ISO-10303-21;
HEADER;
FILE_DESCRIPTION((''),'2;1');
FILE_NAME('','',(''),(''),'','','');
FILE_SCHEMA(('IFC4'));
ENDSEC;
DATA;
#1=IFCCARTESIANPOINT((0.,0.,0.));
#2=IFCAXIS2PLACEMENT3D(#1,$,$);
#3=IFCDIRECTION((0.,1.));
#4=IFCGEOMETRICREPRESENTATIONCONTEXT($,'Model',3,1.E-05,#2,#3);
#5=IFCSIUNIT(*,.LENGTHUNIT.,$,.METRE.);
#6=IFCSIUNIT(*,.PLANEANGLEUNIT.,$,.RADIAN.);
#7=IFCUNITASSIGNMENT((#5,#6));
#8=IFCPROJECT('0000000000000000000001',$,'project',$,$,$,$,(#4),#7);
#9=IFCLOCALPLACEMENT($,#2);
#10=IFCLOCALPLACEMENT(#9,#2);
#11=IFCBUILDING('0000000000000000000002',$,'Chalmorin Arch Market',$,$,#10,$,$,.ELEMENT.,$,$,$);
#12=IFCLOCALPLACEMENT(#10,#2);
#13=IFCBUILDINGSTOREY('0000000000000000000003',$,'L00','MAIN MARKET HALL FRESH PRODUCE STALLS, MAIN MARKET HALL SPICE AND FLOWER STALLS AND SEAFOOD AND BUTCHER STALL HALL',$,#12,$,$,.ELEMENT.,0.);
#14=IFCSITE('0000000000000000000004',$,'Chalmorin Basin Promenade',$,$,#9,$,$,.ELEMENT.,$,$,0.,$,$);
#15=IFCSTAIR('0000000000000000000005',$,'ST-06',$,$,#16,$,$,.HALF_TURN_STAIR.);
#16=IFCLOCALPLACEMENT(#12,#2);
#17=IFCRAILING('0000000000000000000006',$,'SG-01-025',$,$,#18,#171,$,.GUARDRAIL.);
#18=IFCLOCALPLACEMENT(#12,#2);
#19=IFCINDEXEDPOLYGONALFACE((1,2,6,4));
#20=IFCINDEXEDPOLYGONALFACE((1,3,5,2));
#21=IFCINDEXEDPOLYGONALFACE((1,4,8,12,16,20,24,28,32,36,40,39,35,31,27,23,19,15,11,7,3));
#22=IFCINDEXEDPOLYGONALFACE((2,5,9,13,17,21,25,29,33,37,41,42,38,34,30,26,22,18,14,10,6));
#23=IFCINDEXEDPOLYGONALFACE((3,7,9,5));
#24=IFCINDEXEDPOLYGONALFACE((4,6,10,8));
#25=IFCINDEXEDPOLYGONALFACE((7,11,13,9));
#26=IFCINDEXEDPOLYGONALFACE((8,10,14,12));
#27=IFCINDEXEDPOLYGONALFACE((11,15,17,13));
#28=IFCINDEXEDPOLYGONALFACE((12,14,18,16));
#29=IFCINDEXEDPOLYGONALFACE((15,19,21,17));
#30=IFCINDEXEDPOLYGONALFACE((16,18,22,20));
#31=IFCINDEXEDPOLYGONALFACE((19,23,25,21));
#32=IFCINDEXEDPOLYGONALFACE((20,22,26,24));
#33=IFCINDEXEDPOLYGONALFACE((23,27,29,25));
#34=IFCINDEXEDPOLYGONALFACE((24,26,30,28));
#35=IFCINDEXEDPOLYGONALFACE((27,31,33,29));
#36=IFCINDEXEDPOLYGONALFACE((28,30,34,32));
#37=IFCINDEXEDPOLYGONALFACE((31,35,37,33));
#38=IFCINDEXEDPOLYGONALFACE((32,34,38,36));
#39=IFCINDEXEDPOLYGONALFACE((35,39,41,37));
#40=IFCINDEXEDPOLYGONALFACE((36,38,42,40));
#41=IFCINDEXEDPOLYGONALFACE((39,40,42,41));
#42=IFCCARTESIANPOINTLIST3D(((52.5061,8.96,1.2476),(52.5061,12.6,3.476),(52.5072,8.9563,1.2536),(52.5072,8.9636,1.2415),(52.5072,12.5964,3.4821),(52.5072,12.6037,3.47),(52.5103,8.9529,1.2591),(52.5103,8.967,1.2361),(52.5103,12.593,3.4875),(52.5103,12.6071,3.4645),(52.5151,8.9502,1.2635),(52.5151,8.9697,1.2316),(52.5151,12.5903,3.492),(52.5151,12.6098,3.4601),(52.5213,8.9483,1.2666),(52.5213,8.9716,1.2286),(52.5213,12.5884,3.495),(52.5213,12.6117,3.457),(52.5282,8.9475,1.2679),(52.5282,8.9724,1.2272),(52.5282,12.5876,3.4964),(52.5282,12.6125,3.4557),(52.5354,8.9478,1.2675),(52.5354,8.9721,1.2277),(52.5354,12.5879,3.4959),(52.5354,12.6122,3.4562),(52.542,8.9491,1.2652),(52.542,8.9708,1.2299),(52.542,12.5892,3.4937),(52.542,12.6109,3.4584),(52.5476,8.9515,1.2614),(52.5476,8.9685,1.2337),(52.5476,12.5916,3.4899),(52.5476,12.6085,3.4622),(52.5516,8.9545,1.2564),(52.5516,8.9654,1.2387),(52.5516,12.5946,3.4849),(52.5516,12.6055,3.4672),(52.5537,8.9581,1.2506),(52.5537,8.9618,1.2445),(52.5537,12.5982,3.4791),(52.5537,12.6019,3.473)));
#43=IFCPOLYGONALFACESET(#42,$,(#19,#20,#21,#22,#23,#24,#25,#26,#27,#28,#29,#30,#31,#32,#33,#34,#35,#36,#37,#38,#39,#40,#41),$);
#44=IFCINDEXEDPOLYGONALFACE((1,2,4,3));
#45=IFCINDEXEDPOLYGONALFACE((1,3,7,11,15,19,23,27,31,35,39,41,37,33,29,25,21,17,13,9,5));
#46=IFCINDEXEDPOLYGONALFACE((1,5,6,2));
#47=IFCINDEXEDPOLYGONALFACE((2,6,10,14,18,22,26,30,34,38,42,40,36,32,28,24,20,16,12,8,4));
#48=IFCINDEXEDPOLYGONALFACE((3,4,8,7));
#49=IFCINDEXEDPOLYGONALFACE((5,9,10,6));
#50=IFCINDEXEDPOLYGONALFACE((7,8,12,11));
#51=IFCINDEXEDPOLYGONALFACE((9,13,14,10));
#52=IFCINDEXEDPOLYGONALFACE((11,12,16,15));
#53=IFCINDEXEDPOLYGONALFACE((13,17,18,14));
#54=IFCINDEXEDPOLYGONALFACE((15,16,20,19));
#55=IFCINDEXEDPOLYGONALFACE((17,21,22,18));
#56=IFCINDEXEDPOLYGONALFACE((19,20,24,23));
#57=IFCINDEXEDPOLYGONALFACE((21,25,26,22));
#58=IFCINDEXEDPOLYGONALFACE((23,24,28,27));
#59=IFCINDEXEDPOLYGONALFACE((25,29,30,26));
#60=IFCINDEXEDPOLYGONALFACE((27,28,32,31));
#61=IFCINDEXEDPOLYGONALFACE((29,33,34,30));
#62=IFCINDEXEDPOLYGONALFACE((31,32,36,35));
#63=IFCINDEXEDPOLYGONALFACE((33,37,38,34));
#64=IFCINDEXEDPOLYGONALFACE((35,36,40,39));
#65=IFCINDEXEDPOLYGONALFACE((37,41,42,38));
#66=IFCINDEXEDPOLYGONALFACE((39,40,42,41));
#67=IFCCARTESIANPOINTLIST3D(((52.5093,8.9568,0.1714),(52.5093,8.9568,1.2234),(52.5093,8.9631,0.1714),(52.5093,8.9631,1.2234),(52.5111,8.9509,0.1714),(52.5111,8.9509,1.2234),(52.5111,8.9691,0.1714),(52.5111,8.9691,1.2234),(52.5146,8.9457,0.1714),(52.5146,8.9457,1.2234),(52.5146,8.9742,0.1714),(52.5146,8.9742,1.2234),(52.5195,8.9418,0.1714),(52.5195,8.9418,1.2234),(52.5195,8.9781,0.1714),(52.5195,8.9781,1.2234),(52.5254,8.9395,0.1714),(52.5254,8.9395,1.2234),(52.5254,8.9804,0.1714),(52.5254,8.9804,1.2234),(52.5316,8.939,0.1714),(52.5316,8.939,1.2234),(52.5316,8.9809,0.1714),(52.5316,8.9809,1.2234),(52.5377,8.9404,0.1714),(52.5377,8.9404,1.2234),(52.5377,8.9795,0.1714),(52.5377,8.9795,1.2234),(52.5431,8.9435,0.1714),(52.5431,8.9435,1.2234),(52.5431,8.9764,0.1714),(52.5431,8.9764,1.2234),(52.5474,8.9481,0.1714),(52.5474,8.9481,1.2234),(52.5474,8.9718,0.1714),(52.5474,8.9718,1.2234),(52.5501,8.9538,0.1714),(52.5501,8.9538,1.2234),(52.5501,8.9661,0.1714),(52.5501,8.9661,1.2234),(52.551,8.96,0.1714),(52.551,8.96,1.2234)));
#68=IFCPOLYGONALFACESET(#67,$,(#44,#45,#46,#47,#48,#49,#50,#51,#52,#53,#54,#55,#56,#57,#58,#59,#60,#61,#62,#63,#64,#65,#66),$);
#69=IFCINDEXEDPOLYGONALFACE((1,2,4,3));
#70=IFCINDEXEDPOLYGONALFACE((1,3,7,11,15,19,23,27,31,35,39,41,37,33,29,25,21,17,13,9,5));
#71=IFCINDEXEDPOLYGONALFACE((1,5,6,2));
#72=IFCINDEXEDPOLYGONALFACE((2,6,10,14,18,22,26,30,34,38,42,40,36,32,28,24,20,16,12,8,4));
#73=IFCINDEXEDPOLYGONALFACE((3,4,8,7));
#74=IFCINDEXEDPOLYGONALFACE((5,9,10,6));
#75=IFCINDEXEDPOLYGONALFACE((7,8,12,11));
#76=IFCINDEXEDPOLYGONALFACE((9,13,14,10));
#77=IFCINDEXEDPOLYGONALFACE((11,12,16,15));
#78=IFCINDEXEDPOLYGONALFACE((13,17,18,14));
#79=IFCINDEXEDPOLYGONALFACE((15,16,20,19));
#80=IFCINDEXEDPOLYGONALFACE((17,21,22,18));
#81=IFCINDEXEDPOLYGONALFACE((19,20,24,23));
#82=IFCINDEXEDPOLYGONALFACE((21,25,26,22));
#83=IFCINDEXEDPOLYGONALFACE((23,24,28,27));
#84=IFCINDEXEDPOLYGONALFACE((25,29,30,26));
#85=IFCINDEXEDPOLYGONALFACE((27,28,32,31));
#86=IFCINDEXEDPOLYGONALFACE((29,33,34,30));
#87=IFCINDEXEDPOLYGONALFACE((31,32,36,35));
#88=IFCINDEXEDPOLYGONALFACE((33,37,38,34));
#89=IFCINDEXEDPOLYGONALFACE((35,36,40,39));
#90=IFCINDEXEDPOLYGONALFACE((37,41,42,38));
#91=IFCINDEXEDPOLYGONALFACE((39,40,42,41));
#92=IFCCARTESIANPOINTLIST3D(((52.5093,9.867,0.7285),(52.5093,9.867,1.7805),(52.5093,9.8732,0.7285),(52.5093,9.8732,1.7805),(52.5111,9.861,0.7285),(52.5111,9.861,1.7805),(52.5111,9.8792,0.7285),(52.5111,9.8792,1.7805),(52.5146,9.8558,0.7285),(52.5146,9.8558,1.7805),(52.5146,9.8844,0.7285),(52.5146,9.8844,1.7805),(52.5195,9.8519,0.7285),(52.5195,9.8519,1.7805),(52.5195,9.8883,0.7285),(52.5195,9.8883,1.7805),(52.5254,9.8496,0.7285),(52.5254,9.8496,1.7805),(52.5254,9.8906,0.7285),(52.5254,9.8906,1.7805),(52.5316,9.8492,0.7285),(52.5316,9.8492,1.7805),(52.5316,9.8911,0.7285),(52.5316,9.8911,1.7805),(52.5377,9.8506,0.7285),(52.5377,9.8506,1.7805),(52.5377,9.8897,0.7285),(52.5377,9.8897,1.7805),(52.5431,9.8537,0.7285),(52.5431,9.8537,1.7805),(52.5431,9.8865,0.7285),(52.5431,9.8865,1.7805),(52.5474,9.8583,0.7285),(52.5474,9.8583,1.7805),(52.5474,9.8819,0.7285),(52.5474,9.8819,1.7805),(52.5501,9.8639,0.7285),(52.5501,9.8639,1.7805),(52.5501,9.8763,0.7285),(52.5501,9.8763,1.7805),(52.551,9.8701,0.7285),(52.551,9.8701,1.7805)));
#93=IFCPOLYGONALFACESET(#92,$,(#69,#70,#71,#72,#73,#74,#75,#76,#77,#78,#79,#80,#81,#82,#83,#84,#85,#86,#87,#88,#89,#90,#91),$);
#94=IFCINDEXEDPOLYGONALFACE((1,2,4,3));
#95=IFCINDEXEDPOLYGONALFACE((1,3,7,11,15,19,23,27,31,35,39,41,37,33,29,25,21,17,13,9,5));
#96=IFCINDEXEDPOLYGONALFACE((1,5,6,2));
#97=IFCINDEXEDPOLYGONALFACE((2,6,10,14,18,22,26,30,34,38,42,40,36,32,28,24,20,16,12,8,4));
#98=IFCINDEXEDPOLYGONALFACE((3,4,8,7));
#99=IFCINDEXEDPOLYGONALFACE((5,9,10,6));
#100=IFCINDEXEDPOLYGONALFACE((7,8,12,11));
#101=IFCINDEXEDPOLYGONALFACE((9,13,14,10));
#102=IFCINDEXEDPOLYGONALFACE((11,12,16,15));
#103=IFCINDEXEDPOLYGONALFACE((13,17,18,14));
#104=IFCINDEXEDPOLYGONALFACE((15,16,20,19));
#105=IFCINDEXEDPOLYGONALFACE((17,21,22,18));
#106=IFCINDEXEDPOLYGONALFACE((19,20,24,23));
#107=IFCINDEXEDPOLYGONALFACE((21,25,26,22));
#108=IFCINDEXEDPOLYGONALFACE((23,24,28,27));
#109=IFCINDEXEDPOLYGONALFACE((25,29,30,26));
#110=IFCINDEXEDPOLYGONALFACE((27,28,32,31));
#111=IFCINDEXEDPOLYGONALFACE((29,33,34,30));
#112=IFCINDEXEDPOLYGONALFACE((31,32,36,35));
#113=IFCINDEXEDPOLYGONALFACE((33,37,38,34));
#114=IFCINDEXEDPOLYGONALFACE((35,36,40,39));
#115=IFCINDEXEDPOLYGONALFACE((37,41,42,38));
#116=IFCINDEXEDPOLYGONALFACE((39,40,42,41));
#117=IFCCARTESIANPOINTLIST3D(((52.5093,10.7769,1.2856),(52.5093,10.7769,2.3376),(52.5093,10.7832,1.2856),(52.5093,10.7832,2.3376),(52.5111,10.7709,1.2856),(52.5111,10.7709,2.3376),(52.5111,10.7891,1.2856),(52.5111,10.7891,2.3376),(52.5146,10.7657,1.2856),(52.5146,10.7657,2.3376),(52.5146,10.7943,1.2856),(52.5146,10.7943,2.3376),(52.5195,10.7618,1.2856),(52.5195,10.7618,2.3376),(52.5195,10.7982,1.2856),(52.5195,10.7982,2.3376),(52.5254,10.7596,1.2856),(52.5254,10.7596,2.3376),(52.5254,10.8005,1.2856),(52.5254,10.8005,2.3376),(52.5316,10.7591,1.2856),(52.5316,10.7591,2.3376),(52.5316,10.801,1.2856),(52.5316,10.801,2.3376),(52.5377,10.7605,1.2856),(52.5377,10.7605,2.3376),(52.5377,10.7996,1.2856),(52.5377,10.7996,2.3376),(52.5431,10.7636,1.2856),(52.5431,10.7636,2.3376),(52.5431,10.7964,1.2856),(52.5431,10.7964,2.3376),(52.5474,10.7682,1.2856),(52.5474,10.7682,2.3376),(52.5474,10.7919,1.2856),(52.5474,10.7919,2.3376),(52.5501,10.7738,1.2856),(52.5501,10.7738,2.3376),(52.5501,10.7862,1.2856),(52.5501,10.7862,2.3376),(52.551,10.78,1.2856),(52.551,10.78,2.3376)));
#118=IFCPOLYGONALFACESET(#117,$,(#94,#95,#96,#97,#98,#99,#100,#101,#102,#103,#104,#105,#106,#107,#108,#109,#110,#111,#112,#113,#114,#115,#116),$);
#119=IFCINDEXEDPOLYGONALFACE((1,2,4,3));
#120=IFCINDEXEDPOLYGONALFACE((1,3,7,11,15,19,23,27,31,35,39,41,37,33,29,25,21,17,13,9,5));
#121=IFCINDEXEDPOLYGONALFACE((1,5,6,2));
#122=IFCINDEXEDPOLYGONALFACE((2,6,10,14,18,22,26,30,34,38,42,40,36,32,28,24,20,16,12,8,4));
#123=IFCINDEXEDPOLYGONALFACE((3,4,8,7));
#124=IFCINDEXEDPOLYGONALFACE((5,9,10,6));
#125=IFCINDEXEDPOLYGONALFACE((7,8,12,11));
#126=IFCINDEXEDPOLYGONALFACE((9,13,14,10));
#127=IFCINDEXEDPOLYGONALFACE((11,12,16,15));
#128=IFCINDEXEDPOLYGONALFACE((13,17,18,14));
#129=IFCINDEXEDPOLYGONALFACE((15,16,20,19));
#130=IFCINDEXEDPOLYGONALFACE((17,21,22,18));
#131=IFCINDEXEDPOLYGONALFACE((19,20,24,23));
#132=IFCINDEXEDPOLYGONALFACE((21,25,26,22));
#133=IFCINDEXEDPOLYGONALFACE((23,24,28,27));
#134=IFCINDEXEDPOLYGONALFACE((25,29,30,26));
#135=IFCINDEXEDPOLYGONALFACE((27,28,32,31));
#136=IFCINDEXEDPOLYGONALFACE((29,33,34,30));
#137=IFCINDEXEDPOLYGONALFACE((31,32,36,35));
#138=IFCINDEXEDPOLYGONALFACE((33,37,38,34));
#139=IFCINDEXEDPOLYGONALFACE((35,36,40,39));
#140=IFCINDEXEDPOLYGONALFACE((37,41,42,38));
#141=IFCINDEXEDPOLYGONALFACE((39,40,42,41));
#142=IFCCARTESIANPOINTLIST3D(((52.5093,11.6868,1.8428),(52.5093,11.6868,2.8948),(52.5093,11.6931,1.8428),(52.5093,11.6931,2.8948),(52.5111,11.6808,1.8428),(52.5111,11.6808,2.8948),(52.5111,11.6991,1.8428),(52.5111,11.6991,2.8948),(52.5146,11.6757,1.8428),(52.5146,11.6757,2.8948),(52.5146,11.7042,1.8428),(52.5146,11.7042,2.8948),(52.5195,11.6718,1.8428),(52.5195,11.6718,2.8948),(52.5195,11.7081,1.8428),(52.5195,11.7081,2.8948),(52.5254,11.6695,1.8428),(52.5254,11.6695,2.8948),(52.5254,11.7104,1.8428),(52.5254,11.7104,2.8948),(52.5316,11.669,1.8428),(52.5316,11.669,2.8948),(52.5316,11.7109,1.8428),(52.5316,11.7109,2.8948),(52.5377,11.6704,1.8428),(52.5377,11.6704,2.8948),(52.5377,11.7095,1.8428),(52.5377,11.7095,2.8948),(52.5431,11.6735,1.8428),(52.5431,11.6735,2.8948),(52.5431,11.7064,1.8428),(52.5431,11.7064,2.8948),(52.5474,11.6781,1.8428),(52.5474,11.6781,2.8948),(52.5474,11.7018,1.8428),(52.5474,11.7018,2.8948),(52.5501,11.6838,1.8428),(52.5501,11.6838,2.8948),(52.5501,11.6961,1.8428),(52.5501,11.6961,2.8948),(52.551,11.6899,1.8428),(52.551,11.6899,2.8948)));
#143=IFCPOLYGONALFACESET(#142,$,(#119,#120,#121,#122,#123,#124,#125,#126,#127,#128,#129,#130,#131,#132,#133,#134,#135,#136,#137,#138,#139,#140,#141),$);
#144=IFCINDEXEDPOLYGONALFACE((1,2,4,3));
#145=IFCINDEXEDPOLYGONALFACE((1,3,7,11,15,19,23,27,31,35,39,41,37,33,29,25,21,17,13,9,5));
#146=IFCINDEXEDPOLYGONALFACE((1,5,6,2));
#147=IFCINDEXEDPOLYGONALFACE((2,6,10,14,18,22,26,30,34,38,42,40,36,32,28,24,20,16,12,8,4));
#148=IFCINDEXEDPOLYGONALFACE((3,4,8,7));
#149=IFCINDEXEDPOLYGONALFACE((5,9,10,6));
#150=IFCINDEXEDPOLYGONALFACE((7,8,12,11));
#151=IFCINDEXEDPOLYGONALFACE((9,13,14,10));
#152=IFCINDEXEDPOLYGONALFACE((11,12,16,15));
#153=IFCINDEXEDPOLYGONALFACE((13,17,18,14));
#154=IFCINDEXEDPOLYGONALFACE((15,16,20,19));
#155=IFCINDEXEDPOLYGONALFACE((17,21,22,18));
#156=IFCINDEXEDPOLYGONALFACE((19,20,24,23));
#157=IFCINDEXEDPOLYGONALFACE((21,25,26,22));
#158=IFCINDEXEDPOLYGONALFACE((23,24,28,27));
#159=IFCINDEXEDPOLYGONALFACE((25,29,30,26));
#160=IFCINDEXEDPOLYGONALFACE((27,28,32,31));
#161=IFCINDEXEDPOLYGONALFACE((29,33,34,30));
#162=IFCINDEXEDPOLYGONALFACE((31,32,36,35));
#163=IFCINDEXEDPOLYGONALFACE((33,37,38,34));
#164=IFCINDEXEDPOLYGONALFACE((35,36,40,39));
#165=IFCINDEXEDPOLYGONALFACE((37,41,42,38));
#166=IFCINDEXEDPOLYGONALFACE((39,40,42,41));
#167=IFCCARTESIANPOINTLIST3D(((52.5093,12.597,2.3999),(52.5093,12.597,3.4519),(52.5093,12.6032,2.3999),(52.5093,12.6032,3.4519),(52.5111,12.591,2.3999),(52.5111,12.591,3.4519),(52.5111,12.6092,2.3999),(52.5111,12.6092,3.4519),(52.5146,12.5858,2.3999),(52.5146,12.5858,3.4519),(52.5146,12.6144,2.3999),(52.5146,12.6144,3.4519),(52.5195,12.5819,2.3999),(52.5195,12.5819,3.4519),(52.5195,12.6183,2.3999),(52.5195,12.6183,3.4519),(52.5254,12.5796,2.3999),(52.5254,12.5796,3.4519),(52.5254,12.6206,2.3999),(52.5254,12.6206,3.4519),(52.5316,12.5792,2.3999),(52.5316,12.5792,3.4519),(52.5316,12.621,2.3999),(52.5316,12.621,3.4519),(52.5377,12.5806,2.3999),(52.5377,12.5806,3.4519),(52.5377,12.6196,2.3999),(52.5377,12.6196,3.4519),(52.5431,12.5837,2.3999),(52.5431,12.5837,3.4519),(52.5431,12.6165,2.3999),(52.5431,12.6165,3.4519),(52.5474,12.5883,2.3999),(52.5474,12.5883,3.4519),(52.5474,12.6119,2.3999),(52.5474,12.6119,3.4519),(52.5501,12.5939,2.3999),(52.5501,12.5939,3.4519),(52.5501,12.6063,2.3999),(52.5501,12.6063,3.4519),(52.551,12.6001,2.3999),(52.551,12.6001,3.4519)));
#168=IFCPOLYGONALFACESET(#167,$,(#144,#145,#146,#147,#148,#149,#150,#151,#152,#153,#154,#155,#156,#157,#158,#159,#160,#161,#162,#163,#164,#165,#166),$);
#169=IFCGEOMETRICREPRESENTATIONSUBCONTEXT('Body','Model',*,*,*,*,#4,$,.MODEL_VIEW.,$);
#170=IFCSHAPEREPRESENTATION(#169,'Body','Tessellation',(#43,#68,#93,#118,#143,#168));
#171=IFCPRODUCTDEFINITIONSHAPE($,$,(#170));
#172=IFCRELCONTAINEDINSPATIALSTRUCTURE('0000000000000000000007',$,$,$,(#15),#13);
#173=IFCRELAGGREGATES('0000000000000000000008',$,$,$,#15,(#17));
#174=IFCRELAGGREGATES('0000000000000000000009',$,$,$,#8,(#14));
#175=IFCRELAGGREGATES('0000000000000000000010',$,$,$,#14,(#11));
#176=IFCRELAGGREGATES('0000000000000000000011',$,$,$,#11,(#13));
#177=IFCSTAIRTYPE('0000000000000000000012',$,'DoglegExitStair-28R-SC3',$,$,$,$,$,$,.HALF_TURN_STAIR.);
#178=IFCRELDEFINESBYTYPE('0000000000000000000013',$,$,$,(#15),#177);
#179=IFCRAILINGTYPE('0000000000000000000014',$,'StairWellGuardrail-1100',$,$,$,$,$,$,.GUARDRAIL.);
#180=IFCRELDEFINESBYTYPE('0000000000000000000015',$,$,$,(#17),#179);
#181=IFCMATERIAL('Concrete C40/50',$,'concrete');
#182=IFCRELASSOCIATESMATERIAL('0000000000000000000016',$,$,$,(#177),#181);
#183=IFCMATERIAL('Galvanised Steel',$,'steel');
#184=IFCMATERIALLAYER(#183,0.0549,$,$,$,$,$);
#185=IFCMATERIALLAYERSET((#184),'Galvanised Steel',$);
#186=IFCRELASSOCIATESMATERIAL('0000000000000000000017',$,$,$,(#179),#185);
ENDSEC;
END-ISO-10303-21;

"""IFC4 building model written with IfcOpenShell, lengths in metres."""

from ifc_helpers import new_model, si_unit, direction, frame, origin, origin_2d, place, context, subcontext, project, spatial, circle, extrude, material, layer, layer_set, type_object, element, aggregate, save


model = new_model("IFC4")

# Units and contexts
model_context = context("Model", 3, precision=1e-05, world=origin(), true_north=direction((0.0, 1.0)))
body_context = subcontext(model_context, "Body", "Model", "MODEL_VIEW")
ifc_project = project(units=[si_unit("LENGTHUNIT", "METRE"), si_unit("PLANEANGLEUNIT", "RADIAN")], contexts=[model_context])

# Site, building, storey
site_placement = place(None, origin())
site = spatial("IfcSite", under=ifc_project, at=site_placement, Name="Chalmorin Basin Promenade", CompositionType="ELEMENT", RefElevation=0.0)
building_placement = place(site_placement, origin())
building = spatial("IfcBuilding", under=site, at=building_placement, Name="Chalmorin Arch Market", CompositionType="ELEMENT")
storey_placement = place(building_placement, origin())
storey = spatial("IfcBuildingStorey", under=building, at=storey_placement, Name="L00", Description="MAIN MARKET HALL FRESH PRODUCE STALLS, MAIN MARKET HALL SPICE AND FLOWER STALLS AND SEAFOOD AND BUTCHER STALL HALL", CompositionType="ELEMENT", Elevation=0.0)

# Shared definitions
ifc_material_1 = material(Name="Concrete C40/50", Category="concrete")

# Stair, railing
stair_type = type_object("IfcStairType", Name="DoglegExitStair-28R-SC3", PredefinedType="HALF_TURN_STAIR", material=ifc_material_1)
stair_placement = place(storey_placement, origin())
stair = element("IfcStair", 1, at=stair_placement, inside=storey, type_object=stair_type, Name="ST-06", PredefinedType="HALF_TURN_STAIR")
ifc_material_2 = material(Name="Galvanised Steel", Category="steel")
ifc_layer_1 = layer(ifc_material_2, 0.0549)
ifc_layer_set_1 = layer_set([ifc_layer_1], Name="Galvanised Steel")
railing_type_1 = type_object("IfcRailingType", Name="StairWellGuardrail-1100", PredefinedType="GUARDRAIL", material=ifc_layer_set_1)
railing_1_placement = place(storey_placement, frame((52.53, 8.96, 0.1714)))
railing_1 = element("IfcRailing", 2, at=railing_1_placement, type_object=railing_type_1, Name="SG-01-025", PredefinedType="GUARDRAIL", context=body_context, shape_type="SweptSolid", body=[
    extrude(circle(Radius=0.0239, at=origin_2d()), frame((0.0, 0.0, 1.0762), z_axis=(0.0, 0.852866, 0.52213), x_axis=(-1.0, 0.0, 0.0)), (0.0, 0.0, 1.0), 4.2681),
    extrude(circle(Radius=0.021, at=origin_2d()), origin(), (0.0, 0.0, 1.0), 1.052),
    extrude(circle(Radius=0.021, at=origin_2d()), frame((0.0, 0.9102, 0.5571)), (0.0, 0.0, 1.0), 1.052),
    extrude(circle(Radius=0.021, at=origin_2d()), frame((0.0, 1.8201, 1.1143)), (0.0, 0.0, 1.0), 1.052),
    extrude(circle(Radius=0.021, at=origin_2d()), frame((0.0, 2.73, 1.6714)), (0.0, 0.0, 1.0), 1.052),
    extrude(circle(Radius=0.021, at=origin_2d()), frame((0.0, 3.6401, 2.2285)), (0.0, 0.0, 1.0), 1.052),
])
aggregate(stair, [railing_1])

save(model, "model.ifc")
